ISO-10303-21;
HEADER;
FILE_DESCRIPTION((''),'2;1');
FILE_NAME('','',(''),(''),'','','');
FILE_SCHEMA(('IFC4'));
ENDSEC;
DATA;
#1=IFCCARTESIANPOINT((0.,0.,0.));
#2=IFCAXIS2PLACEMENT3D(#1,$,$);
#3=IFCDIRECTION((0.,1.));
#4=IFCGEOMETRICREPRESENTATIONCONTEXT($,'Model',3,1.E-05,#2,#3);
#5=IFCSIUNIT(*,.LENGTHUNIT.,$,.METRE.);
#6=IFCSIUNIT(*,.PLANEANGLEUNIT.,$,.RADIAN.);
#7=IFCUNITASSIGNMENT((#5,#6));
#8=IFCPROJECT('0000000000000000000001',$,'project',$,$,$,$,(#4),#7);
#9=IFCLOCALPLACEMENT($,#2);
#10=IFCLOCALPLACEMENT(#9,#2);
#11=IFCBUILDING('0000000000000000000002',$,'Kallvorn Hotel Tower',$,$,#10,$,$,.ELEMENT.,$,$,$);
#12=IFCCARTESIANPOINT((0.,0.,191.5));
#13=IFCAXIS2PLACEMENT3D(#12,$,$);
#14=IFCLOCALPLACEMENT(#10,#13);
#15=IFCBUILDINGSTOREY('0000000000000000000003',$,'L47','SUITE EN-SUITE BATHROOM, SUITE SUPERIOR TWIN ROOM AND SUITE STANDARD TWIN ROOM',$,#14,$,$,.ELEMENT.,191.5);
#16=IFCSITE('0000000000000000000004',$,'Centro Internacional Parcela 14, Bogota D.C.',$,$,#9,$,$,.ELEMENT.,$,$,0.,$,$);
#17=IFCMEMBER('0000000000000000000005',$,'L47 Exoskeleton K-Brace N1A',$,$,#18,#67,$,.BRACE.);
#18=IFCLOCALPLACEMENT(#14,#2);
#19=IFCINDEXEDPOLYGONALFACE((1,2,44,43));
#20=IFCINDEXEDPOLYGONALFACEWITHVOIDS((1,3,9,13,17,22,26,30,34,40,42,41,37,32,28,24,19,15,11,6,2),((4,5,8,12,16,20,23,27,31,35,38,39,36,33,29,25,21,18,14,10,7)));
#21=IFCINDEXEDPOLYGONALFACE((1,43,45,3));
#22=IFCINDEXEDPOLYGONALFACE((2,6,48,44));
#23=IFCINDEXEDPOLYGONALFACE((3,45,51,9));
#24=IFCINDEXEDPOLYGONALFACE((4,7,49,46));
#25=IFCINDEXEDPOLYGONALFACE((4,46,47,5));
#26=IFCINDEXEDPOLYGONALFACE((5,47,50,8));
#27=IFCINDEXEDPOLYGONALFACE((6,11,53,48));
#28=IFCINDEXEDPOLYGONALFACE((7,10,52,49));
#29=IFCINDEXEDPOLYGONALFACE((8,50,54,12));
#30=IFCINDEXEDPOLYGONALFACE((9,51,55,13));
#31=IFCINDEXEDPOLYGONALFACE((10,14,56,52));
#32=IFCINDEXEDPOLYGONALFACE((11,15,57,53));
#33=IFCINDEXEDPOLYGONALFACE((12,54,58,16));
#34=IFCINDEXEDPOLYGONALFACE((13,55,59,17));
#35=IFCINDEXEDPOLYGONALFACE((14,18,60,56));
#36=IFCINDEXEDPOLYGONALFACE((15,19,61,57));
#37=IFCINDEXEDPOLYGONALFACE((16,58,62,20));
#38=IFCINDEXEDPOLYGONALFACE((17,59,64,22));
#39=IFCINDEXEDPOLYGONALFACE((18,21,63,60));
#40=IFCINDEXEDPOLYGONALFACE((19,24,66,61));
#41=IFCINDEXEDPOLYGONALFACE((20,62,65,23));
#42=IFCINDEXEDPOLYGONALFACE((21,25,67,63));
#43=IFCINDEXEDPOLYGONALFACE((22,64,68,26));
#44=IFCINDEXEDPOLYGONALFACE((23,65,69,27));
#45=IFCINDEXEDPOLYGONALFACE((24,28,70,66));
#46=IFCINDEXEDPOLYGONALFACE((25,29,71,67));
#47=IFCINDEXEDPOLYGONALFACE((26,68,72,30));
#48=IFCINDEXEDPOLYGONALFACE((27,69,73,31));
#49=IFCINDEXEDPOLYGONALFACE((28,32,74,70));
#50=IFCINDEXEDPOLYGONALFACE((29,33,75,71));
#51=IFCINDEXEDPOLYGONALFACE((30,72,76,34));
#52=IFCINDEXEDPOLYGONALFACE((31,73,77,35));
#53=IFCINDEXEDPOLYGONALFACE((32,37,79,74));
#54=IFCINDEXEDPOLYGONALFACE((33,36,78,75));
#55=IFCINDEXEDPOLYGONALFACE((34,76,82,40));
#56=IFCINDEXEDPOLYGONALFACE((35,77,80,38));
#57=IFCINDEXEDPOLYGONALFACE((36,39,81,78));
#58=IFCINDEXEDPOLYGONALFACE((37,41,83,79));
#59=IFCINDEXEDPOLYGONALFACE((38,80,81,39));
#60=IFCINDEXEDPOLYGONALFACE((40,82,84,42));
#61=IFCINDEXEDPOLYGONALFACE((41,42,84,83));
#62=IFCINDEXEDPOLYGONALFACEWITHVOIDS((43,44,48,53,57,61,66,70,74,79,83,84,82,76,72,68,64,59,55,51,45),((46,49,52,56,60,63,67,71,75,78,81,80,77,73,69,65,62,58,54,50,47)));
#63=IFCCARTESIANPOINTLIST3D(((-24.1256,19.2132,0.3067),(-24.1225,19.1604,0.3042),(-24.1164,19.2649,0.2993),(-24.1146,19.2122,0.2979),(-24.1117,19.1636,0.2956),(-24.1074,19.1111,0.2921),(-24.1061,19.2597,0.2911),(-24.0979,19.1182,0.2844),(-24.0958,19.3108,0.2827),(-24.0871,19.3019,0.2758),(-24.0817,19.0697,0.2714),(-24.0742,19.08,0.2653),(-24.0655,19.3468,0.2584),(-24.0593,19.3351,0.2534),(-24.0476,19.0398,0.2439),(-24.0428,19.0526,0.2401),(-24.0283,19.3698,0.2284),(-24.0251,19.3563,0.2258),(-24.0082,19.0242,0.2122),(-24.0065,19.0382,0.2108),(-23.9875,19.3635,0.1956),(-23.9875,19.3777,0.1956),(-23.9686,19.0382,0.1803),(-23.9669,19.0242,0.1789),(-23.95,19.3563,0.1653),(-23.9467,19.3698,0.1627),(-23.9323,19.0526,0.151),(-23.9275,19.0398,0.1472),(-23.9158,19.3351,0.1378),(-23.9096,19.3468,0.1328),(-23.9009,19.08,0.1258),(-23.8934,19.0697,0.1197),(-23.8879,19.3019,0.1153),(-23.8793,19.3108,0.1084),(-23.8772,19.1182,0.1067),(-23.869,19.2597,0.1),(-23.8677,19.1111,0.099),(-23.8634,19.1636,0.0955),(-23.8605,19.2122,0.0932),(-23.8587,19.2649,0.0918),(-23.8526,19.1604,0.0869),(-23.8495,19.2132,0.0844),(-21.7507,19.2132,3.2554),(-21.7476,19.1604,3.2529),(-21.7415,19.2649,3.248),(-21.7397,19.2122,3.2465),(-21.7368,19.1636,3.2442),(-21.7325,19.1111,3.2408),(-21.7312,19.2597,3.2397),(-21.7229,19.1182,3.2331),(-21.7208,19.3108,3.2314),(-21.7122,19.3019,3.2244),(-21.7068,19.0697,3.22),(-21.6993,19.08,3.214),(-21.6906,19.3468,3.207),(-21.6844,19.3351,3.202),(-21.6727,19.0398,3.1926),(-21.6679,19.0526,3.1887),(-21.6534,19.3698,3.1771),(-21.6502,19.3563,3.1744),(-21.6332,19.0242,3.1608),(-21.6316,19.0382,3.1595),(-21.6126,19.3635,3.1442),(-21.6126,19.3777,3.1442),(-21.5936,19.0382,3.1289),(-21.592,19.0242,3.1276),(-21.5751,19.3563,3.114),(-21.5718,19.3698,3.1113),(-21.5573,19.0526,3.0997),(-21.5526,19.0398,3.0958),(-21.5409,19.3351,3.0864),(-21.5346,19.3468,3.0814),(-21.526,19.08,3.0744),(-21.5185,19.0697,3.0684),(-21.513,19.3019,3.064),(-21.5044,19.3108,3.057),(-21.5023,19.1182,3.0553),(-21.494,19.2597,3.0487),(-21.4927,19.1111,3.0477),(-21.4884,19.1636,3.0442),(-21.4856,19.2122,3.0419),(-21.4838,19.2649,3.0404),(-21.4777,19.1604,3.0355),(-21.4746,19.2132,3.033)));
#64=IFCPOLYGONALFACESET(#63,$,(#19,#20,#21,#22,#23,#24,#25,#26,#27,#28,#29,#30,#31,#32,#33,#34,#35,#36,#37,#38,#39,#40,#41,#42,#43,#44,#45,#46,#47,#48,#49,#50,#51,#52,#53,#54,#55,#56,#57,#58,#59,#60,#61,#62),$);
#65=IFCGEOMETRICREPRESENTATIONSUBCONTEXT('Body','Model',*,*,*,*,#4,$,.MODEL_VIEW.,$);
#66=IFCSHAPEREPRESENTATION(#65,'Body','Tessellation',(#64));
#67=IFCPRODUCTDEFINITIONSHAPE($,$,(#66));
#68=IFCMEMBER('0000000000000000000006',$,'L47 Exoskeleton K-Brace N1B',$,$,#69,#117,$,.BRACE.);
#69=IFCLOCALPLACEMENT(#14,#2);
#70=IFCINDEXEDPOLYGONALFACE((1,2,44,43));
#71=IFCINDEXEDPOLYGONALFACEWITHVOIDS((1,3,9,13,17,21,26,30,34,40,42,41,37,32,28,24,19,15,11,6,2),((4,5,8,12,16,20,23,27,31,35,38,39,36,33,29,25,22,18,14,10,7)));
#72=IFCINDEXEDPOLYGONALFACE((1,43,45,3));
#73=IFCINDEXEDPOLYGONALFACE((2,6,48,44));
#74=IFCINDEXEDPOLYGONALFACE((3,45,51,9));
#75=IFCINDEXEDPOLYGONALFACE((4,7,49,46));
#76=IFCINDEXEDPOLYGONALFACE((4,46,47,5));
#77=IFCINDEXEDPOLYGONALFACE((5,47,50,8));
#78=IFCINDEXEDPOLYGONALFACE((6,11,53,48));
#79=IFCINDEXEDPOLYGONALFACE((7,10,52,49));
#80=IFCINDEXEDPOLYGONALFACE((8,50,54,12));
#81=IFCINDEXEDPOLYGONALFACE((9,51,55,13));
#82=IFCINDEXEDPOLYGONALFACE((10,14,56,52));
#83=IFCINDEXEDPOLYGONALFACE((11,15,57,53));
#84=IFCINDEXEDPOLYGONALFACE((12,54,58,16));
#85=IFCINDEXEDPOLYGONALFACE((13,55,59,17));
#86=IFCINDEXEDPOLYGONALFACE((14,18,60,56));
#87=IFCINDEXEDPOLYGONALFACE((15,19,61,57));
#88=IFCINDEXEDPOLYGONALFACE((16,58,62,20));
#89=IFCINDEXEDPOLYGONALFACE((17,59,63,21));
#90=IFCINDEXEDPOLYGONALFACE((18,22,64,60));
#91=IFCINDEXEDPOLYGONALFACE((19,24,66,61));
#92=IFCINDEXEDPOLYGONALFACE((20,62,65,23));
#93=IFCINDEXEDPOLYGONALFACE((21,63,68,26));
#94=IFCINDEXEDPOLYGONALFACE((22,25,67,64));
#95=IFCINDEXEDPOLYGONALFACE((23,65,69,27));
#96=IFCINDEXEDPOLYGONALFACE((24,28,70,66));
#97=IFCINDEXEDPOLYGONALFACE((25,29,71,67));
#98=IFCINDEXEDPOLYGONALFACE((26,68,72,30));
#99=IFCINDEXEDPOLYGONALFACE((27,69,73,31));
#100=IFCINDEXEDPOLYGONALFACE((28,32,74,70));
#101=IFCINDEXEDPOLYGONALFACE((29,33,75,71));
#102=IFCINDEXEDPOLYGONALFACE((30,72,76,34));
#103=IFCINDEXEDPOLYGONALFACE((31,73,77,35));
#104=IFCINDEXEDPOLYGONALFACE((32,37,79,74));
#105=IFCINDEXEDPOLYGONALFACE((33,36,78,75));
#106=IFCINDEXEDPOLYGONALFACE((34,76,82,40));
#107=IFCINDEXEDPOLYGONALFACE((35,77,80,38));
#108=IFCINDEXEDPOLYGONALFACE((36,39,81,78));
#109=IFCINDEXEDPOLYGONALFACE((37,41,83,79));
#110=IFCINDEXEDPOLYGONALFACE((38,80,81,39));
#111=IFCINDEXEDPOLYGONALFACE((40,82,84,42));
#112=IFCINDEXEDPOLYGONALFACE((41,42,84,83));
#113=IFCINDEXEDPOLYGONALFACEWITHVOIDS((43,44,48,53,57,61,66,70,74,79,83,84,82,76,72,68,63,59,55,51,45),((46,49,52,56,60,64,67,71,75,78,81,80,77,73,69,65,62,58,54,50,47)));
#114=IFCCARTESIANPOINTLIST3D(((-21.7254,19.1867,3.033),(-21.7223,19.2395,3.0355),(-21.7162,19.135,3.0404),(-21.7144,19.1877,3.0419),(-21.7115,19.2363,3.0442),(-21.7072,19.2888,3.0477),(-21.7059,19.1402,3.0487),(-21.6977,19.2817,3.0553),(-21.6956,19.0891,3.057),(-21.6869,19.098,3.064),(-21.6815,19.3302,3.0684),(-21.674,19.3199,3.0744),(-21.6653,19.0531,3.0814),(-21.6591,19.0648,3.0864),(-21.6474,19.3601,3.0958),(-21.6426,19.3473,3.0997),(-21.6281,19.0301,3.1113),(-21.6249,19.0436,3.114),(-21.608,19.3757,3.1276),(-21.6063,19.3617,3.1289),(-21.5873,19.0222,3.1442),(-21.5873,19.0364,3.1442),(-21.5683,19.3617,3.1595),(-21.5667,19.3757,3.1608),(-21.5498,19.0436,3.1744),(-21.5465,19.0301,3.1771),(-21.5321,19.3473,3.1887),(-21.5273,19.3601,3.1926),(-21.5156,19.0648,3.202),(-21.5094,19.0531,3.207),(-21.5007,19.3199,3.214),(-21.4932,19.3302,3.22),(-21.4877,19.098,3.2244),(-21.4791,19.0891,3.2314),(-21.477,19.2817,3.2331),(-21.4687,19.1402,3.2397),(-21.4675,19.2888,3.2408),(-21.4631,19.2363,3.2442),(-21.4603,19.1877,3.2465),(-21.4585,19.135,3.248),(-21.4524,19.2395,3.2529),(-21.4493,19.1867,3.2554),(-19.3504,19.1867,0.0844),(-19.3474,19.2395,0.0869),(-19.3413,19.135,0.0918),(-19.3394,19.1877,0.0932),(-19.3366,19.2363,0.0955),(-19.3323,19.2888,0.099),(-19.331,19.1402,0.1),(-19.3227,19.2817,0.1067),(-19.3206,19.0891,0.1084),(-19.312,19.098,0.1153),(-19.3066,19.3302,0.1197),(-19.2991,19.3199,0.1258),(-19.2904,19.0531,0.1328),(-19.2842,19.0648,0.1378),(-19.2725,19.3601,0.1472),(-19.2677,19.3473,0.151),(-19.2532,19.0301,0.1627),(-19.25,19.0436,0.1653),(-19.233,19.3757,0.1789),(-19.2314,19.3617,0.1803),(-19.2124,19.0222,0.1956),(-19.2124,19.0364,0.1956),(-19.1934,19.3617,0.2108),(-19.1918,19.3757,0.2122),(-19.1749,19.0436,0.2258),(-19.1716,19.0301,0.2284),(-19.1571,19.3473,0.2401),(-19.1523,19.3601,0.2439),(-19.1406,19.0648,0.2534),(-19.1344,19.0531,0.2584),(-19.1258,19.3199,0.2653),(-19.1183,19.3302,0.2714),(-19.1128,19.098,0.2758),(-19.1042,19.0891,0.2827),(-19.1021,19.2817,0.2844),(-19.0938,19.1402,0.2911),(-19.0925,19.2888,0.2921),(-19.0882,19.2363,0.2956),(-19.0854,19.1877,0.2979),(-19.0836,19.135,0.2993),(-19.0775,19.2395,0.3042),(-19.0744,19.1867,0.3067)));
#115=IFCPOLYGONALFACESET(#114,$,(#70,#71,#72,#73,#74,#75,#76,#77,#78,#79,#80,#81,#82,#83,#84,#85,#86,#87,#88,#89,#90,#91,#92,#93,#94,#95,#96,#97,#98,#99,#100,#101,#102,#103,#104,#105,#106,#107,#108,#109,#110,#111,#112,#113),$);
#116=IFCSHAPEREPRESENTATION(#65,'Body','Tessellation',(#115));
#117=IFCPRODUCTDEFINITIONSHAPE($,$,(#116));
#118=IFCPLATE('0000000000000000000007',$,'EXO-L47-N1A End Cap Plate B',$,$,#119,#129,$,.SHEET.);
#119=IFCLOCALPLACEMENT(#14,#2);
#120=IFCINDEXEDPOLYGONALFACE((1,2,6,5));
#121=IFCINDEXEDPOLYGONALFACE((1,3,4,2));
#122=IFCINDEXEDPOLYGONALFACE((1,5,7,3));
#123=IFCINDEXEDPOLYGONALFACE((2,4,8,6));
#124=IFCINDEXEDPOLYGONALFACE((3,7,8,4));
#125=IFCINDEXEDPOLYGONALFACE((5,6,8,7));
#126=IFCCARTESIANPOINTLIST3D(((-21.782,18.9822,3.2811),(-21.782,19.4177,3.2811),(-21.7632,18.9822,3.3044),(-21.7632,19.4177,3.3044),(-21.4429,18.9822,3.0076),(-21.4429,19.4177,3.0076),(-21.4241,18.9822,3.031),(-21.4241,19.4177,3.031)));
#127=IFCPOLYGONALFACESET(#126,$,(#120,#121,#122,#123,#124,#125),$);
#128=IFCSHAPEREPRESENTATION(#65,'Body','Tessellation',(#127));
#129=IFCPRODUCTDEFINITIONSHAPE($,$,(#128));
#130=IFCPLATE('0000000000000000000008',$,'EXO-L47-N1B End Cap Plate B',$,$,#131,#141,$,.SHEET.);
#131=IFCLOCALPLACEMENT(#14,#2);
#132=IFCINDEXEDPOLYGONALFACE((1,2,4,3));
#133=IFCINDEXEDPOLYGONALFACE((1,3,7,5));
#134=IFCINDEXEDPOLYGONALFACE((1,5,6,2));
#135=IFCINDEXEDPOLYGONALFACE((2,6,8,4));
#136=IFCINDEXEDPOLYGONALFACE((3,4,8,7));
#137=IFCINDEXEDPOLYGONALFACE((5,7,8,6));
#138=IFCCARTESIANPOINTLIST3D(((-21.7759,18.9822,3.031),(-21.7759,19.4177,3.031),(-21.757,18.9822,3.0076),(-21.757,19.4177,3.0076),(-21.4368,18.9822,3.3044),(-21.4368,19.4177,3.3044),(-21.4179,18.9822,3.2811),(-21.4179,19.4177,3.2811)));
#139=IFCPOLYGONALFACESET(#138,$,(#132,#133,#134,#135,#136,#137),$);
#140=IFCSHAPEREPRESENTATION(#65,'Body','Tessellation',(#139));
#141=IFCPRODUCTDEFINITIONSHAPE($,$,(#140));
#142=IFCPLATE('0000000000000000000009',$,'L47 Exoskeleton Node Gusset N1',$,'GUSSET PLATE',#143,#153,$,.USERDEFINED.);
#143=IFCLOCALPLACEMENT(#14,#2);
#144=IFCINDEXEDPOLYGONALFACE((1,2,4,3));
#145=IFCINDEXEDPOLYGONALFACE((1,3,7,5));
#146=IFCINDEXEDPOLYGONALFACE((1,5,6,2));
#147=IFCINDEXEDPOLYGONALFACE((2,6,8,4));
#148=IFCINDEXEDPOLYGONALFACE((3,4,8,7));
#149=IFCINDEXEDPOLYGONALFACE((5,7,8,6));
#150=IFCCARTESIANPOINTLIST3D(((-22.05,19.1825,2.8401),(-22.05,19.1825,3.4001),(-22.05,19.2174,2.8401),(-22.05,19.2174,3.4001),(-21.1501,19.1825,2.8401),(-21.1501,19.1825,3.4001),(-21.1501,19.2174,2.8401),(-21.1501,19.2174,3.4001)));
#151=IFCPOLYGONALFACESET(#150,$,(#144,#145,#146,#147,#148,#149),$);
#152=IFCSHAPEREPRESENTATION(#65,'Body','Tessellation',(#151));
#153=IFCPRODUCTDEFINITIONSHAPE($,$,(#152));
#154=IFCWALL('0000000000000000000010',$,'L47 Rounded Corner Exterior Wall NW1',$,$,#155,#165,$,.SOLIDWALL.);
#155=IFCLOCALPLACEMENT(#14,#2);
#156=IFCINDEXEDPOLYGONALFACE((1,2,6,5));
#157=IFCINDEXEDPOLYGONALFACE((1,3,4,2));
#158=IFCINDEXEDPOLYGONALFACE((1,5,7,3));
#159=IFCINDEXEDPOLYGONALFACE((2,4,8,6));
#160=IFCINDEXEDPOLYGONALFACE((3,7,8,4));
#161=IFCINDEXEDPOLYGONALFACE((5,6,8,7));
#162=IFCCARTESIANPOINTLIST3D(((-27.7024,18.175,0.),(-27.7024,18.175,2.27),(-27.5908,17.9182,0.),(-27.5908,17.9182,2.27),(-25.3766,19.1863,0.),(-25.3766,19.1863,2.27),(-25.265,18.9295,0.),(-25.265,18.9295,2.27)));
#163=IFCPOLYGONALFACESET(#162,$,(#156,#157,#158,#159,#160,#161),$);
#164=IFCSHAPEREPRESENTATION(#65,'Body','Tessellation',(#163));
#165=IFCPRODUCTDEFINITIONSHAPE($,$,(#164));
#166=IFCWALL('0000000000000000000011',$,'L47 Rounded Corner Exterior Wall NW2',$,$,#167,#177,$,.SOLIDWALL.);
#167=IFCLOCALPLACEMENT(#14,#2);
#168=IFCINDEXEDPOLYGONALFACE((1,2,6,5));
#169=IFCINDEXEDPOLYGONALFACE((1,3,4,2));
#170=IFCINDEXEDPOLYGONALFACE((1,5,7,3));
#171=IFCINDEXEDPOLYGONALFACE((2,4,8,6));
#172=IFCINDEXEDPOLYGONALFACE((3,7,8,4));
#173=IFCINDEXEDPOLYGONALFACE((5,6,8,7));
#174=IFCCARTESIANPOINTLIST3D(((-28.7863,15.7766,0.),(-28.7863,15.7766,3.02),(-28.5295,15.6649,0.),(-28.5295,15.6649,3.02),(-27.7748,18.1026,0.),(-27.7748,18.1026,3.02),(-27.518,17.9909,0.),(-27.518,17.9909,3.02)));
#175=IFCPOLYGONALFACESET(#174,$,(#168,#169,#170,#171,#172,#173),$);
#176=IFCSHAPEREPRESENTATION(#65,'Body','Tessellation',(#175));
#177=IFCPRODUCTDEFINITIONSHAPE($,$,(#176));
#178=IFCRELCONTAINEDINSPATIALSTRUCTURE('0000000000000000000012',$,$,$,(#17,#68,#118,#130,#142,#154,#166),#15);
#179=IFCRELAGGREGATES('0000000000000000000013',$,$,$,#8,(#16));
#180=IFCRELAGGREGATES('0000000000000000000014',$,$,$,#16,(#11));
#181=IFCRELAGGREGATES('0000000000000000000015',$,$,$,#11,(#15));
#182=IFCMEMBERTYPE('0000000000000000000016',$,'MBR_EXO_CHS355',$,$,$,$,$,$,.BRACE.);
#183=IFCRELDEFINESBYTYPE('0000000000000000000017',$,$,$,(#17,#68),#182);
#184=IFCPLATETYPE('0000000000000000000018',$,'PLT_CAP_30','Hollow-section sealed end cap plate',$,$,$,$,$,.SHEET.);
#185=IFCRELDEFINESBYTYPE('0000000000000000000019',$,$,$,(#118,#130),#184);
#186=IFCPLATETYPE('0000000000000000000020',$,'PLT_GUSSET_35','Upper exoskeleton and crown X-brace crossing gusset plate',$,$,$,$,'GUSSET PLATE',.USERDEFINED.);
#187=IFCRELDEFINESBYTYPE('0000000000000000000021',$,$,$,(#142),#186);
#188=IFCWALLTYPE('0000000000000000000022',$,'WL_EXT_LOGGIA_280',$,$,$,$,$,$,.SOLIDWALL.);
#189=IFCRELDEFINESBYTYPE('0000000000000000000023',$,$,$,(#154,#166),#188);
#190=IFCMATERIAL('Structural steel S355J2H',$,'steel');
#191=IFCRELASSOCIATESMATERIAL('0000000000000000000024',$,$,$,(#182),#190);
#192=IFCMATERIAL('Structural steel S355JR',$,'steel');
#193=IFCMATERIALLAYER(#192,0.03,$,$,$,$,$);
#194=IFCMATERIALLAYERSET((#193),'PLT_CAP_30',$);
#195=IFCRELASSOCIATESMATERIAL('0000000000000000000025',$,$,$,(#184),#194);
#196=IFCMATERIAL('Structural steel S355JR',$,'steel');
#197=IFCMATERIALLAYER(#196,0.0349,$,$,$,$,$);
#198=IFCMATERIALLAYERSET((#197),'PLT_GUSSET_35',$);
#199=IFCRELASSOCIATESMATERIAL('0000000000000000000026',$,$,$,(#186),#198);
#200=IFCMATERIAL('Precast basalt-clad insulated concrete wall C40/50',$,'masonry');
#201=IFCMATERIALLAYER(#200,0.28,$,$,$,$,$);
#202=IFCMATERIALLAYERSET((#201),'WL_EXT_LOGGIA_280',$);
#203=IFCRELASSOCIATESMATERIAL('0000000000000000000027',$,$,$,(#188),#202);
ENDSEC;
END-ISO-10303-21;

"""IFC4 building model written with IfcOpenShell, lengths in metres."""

from ifc_helpers import new_model, si_unit, direction, frame, frame_2d, origin, origin_2d, place, context, subcontext, project, spatial, polyline, rectangle, hollow_circle, outline, extrude, material, layer, layer_set, material_profile, profile_set, type_object, element, save


model = new_model("IFC4")

# Units and contexts
model_context = context("Model", 3, precision=1e-05, world=origin(), true_north=direction((0.0, 1.0)))
body_context = subcontext(model_context, "Body", "Model", "MODEL_VIEW")
ifc_project = project(units=[si_unit("LENGTHUNIT", "METRE"), si_unit("PLANEANGLEUNIT", "RADIAN")], contexts=[model_context])

# Site, building, storey
site_placement = place(None, origin())
site = spatial("IfcSite", under=ifc_project, at=site_placement, Name="Centro Internacional Parcela 14, Bogota D.C.", CompositionType="ELEMENT", RefElevation=0.0)
building_placement = place(site_placement, origin())
building = spatial("IfcBuilding", under=site, at=building_placement, Name="Kallvorn Hotel Tower", CompositionType="ELEMENT")
storey_placement = place(building_placement, frame((0.0, 0.0, 191.5)))
storey = spatial("IfcBuildingStorey", under=building, at=storey_placement, Name="L47", Description="SUITE EN-SUITE BATHROOM, SUITE SUPERIOR TWIN ROOM AND SUITE STANDARD TWIN ROOM", CompositionType="ELEMENT", Elevation=191.5)

# Members
ifc_material_1 = material(Name="Structural steel S355J2H", Category="steel")
ifc_material_profile_1 = material_profile(ifc_material_1, hollow_circle(Radius=0.1777, WallThickness=0.0142, at=origin_2d()), Name="CHS 355.6x14.2")
ifc_profile_set_1 = profile_set([ifc_material_profile_1], Name="Structural steel S355J2H")
member_type_1 = type_object("IfcMemberType", Name="MBR_EXO_CHS355", PredefinedType="BRACE", material=ifc_profile_set_1)
for number, where, z_axis, x_axis, name in (
    (1, (-23.9875, 19.2, 0.1956), (0.627271, 0.0, 0.778801), (0.0, 1.0, 0.0), "L47 Exoskeleton K-Brace N1A"),
    (2, (-19.2124, 19.2, 0.1956), (-0.627271, 0.0, 0.778801), (0.0, -1.0, 0.0), "L47 Exoskeleton K-Brace N1B"),
):
    element("IfcMember", number, at=place(storey_placement, frame(where, z_axis=z_axis, x_axis=x_axis)), inside=storey, type_object=member_type_1, Name=name, PredefinedType="BRACE", context=body_context, shape_type="SweptSolid", body=[
        extrude(hollow_circle(Radius=0.1777, WallThickness=0.0142, at=origin_2d()), origin(), (0.0, 0.0, 1.0), 3.7861),
    ])

# Plates
ifc_material_2 = material(Name="Structural steel S355JR", Category="steel")
ifc_layer_1 = layer(ifc_material_2, 0.03)
ifc_layer_set_1 = layer_set([ifc_layer_1], Name="PLT_CAP_30")
plate_type_1 = type_object("IfcPlateType", Name="PLT_CAP_30", Description="Hollow-section sealed end cap plate", PredefinedType="SHEET", material=ifc_layer_set_1)
for number, where, z_axis, x_axis, name in (
    (3, (-21.4241, 18.9822, 3.031), (0.627698, 0.0, 0.778457), (0.0, 1.0, 0.0), "EXO-L47-N1A End Cap Plate B"),
    (4, (-21.7759, 19.4177, 3.031), (-0.627698, 0.0, 0.778457), (0.0, -1.0, 0.0), "EXO-L47-N1B End Cap Plate B"),
):
    element("IfcPlate", number, at=place(storey_placement, frame(where, z_axis=z_axis, x_axis=x_axis)), inside=storey, type_object=plate_type_1, Name=name, PredefinedType="SHEET", context=body_context, shape_type="SweptSolid", body=[
        extrude(outline(polyline([(0.0, 0.0), (0.4355, 0.0), (0.4355, 0.4356), (0.0, 0.4356), (0.0, 0.0)])), origin(), (0.0, 0.0, -1.0), 0.03),
    ])
ifc_material_3 = material(Name="Structural steel S355JR", Category="steel")
ifc_layer_2 = layer(ifc_material_3, 0.0349)
ifc_layer_set_2 = layer_set([ifc_layer_2], Name="PLT_GUSSET_35")
plate_type_2 = type_object("IfcPlateType", Name="PLT_GUSSET_35", Description="Upper exoskeleton and crown X-brace crossing gusset plate", ElementType="GUSSET PLATE", PredefinedType="USERDEFINED", material=ifc_layer_set_2)
plate_placement = place(storey_placement, frame((-21.6001, 19.2, 2.8401), z_axis=(0.0, 0.0, 1.0), x_axis=(1.0, 0.0, 0.0)))
element("IfcPlate", 5, at=plate_placement, inside=storey, type_object=plate_type_2, Name="L47 Exoskeleton Node Gusset N1", ObjectType="GUSSET PLATE", PredefinedType="USERDEFINED", context=body_context, shape_type="SweptSolid", body=[
    extrude(rectangle(XDim=0.8999, YDim=0.0349, at=origin_2d()), origin(), (0.0, 0.0, 1.0), 0.5601),
])

# Walls
ifc_material_4 = material(Name="Precast basalt-clad insulated concrete wall C40/50", Category="masonry")
ifc_layer_3 = layer(ifc_material_4, 0.28)
ifc_layer_set_3 = layer_set([ifc_layer_3], Name="WL_EXT_LOGGIA_280")
wall_type = type_object("IfcWallType", Name="WL_EXT_LOGGIA_280", PredefinedType="SOLIDWALL", material=ifc_layer_set_3)
wall_1_placement = place(storey_placement, frame((-25.3208, 19.0579, 0.0), z_axis=(0.0, 0.0, 1.0), x_axis=(-0.917061, -0.398747, 0.0)))
element("IfcWall", 6, at=wall_1_placement, inside=storey, type_object=wall_type, Name="L47 Rounded Corner Exterior Wall NW1", PredefinedType="SOLIDWALL", context=body_context, shape_type="SweptSolid", body=[
    extrude(rectangle(XDim=2.5361, YDim=0.28, at=frame_2d((1.2681, 0.0))), origin(), (0.0, 0.0, 1.0), 2.27),
])
wall_2_placement = place(storey_placement, frame((-27.6465, 18.0466, 0.0), z_axis=(0.0, 0.0, 1.0), x_axis=(-0.398793, -0.917041, 0.0)))
element("IfcWall", 7, at=wall_2_placement, inside=storey, type_object=wall_type, Name="L47 Rounded Corner Exterior Wall NW2", PredefinedType="SOLIDWALL", context=body_context, shape_type="SweptSolid", body=[
    extrude(rectangle(XDim=2.5364, YDim=0.28, at=frame_2d((1.2681, 0.0))), origin(), (0.0, 0.0, 1.0), 3.02),
])

save(model, "model.ifc")
